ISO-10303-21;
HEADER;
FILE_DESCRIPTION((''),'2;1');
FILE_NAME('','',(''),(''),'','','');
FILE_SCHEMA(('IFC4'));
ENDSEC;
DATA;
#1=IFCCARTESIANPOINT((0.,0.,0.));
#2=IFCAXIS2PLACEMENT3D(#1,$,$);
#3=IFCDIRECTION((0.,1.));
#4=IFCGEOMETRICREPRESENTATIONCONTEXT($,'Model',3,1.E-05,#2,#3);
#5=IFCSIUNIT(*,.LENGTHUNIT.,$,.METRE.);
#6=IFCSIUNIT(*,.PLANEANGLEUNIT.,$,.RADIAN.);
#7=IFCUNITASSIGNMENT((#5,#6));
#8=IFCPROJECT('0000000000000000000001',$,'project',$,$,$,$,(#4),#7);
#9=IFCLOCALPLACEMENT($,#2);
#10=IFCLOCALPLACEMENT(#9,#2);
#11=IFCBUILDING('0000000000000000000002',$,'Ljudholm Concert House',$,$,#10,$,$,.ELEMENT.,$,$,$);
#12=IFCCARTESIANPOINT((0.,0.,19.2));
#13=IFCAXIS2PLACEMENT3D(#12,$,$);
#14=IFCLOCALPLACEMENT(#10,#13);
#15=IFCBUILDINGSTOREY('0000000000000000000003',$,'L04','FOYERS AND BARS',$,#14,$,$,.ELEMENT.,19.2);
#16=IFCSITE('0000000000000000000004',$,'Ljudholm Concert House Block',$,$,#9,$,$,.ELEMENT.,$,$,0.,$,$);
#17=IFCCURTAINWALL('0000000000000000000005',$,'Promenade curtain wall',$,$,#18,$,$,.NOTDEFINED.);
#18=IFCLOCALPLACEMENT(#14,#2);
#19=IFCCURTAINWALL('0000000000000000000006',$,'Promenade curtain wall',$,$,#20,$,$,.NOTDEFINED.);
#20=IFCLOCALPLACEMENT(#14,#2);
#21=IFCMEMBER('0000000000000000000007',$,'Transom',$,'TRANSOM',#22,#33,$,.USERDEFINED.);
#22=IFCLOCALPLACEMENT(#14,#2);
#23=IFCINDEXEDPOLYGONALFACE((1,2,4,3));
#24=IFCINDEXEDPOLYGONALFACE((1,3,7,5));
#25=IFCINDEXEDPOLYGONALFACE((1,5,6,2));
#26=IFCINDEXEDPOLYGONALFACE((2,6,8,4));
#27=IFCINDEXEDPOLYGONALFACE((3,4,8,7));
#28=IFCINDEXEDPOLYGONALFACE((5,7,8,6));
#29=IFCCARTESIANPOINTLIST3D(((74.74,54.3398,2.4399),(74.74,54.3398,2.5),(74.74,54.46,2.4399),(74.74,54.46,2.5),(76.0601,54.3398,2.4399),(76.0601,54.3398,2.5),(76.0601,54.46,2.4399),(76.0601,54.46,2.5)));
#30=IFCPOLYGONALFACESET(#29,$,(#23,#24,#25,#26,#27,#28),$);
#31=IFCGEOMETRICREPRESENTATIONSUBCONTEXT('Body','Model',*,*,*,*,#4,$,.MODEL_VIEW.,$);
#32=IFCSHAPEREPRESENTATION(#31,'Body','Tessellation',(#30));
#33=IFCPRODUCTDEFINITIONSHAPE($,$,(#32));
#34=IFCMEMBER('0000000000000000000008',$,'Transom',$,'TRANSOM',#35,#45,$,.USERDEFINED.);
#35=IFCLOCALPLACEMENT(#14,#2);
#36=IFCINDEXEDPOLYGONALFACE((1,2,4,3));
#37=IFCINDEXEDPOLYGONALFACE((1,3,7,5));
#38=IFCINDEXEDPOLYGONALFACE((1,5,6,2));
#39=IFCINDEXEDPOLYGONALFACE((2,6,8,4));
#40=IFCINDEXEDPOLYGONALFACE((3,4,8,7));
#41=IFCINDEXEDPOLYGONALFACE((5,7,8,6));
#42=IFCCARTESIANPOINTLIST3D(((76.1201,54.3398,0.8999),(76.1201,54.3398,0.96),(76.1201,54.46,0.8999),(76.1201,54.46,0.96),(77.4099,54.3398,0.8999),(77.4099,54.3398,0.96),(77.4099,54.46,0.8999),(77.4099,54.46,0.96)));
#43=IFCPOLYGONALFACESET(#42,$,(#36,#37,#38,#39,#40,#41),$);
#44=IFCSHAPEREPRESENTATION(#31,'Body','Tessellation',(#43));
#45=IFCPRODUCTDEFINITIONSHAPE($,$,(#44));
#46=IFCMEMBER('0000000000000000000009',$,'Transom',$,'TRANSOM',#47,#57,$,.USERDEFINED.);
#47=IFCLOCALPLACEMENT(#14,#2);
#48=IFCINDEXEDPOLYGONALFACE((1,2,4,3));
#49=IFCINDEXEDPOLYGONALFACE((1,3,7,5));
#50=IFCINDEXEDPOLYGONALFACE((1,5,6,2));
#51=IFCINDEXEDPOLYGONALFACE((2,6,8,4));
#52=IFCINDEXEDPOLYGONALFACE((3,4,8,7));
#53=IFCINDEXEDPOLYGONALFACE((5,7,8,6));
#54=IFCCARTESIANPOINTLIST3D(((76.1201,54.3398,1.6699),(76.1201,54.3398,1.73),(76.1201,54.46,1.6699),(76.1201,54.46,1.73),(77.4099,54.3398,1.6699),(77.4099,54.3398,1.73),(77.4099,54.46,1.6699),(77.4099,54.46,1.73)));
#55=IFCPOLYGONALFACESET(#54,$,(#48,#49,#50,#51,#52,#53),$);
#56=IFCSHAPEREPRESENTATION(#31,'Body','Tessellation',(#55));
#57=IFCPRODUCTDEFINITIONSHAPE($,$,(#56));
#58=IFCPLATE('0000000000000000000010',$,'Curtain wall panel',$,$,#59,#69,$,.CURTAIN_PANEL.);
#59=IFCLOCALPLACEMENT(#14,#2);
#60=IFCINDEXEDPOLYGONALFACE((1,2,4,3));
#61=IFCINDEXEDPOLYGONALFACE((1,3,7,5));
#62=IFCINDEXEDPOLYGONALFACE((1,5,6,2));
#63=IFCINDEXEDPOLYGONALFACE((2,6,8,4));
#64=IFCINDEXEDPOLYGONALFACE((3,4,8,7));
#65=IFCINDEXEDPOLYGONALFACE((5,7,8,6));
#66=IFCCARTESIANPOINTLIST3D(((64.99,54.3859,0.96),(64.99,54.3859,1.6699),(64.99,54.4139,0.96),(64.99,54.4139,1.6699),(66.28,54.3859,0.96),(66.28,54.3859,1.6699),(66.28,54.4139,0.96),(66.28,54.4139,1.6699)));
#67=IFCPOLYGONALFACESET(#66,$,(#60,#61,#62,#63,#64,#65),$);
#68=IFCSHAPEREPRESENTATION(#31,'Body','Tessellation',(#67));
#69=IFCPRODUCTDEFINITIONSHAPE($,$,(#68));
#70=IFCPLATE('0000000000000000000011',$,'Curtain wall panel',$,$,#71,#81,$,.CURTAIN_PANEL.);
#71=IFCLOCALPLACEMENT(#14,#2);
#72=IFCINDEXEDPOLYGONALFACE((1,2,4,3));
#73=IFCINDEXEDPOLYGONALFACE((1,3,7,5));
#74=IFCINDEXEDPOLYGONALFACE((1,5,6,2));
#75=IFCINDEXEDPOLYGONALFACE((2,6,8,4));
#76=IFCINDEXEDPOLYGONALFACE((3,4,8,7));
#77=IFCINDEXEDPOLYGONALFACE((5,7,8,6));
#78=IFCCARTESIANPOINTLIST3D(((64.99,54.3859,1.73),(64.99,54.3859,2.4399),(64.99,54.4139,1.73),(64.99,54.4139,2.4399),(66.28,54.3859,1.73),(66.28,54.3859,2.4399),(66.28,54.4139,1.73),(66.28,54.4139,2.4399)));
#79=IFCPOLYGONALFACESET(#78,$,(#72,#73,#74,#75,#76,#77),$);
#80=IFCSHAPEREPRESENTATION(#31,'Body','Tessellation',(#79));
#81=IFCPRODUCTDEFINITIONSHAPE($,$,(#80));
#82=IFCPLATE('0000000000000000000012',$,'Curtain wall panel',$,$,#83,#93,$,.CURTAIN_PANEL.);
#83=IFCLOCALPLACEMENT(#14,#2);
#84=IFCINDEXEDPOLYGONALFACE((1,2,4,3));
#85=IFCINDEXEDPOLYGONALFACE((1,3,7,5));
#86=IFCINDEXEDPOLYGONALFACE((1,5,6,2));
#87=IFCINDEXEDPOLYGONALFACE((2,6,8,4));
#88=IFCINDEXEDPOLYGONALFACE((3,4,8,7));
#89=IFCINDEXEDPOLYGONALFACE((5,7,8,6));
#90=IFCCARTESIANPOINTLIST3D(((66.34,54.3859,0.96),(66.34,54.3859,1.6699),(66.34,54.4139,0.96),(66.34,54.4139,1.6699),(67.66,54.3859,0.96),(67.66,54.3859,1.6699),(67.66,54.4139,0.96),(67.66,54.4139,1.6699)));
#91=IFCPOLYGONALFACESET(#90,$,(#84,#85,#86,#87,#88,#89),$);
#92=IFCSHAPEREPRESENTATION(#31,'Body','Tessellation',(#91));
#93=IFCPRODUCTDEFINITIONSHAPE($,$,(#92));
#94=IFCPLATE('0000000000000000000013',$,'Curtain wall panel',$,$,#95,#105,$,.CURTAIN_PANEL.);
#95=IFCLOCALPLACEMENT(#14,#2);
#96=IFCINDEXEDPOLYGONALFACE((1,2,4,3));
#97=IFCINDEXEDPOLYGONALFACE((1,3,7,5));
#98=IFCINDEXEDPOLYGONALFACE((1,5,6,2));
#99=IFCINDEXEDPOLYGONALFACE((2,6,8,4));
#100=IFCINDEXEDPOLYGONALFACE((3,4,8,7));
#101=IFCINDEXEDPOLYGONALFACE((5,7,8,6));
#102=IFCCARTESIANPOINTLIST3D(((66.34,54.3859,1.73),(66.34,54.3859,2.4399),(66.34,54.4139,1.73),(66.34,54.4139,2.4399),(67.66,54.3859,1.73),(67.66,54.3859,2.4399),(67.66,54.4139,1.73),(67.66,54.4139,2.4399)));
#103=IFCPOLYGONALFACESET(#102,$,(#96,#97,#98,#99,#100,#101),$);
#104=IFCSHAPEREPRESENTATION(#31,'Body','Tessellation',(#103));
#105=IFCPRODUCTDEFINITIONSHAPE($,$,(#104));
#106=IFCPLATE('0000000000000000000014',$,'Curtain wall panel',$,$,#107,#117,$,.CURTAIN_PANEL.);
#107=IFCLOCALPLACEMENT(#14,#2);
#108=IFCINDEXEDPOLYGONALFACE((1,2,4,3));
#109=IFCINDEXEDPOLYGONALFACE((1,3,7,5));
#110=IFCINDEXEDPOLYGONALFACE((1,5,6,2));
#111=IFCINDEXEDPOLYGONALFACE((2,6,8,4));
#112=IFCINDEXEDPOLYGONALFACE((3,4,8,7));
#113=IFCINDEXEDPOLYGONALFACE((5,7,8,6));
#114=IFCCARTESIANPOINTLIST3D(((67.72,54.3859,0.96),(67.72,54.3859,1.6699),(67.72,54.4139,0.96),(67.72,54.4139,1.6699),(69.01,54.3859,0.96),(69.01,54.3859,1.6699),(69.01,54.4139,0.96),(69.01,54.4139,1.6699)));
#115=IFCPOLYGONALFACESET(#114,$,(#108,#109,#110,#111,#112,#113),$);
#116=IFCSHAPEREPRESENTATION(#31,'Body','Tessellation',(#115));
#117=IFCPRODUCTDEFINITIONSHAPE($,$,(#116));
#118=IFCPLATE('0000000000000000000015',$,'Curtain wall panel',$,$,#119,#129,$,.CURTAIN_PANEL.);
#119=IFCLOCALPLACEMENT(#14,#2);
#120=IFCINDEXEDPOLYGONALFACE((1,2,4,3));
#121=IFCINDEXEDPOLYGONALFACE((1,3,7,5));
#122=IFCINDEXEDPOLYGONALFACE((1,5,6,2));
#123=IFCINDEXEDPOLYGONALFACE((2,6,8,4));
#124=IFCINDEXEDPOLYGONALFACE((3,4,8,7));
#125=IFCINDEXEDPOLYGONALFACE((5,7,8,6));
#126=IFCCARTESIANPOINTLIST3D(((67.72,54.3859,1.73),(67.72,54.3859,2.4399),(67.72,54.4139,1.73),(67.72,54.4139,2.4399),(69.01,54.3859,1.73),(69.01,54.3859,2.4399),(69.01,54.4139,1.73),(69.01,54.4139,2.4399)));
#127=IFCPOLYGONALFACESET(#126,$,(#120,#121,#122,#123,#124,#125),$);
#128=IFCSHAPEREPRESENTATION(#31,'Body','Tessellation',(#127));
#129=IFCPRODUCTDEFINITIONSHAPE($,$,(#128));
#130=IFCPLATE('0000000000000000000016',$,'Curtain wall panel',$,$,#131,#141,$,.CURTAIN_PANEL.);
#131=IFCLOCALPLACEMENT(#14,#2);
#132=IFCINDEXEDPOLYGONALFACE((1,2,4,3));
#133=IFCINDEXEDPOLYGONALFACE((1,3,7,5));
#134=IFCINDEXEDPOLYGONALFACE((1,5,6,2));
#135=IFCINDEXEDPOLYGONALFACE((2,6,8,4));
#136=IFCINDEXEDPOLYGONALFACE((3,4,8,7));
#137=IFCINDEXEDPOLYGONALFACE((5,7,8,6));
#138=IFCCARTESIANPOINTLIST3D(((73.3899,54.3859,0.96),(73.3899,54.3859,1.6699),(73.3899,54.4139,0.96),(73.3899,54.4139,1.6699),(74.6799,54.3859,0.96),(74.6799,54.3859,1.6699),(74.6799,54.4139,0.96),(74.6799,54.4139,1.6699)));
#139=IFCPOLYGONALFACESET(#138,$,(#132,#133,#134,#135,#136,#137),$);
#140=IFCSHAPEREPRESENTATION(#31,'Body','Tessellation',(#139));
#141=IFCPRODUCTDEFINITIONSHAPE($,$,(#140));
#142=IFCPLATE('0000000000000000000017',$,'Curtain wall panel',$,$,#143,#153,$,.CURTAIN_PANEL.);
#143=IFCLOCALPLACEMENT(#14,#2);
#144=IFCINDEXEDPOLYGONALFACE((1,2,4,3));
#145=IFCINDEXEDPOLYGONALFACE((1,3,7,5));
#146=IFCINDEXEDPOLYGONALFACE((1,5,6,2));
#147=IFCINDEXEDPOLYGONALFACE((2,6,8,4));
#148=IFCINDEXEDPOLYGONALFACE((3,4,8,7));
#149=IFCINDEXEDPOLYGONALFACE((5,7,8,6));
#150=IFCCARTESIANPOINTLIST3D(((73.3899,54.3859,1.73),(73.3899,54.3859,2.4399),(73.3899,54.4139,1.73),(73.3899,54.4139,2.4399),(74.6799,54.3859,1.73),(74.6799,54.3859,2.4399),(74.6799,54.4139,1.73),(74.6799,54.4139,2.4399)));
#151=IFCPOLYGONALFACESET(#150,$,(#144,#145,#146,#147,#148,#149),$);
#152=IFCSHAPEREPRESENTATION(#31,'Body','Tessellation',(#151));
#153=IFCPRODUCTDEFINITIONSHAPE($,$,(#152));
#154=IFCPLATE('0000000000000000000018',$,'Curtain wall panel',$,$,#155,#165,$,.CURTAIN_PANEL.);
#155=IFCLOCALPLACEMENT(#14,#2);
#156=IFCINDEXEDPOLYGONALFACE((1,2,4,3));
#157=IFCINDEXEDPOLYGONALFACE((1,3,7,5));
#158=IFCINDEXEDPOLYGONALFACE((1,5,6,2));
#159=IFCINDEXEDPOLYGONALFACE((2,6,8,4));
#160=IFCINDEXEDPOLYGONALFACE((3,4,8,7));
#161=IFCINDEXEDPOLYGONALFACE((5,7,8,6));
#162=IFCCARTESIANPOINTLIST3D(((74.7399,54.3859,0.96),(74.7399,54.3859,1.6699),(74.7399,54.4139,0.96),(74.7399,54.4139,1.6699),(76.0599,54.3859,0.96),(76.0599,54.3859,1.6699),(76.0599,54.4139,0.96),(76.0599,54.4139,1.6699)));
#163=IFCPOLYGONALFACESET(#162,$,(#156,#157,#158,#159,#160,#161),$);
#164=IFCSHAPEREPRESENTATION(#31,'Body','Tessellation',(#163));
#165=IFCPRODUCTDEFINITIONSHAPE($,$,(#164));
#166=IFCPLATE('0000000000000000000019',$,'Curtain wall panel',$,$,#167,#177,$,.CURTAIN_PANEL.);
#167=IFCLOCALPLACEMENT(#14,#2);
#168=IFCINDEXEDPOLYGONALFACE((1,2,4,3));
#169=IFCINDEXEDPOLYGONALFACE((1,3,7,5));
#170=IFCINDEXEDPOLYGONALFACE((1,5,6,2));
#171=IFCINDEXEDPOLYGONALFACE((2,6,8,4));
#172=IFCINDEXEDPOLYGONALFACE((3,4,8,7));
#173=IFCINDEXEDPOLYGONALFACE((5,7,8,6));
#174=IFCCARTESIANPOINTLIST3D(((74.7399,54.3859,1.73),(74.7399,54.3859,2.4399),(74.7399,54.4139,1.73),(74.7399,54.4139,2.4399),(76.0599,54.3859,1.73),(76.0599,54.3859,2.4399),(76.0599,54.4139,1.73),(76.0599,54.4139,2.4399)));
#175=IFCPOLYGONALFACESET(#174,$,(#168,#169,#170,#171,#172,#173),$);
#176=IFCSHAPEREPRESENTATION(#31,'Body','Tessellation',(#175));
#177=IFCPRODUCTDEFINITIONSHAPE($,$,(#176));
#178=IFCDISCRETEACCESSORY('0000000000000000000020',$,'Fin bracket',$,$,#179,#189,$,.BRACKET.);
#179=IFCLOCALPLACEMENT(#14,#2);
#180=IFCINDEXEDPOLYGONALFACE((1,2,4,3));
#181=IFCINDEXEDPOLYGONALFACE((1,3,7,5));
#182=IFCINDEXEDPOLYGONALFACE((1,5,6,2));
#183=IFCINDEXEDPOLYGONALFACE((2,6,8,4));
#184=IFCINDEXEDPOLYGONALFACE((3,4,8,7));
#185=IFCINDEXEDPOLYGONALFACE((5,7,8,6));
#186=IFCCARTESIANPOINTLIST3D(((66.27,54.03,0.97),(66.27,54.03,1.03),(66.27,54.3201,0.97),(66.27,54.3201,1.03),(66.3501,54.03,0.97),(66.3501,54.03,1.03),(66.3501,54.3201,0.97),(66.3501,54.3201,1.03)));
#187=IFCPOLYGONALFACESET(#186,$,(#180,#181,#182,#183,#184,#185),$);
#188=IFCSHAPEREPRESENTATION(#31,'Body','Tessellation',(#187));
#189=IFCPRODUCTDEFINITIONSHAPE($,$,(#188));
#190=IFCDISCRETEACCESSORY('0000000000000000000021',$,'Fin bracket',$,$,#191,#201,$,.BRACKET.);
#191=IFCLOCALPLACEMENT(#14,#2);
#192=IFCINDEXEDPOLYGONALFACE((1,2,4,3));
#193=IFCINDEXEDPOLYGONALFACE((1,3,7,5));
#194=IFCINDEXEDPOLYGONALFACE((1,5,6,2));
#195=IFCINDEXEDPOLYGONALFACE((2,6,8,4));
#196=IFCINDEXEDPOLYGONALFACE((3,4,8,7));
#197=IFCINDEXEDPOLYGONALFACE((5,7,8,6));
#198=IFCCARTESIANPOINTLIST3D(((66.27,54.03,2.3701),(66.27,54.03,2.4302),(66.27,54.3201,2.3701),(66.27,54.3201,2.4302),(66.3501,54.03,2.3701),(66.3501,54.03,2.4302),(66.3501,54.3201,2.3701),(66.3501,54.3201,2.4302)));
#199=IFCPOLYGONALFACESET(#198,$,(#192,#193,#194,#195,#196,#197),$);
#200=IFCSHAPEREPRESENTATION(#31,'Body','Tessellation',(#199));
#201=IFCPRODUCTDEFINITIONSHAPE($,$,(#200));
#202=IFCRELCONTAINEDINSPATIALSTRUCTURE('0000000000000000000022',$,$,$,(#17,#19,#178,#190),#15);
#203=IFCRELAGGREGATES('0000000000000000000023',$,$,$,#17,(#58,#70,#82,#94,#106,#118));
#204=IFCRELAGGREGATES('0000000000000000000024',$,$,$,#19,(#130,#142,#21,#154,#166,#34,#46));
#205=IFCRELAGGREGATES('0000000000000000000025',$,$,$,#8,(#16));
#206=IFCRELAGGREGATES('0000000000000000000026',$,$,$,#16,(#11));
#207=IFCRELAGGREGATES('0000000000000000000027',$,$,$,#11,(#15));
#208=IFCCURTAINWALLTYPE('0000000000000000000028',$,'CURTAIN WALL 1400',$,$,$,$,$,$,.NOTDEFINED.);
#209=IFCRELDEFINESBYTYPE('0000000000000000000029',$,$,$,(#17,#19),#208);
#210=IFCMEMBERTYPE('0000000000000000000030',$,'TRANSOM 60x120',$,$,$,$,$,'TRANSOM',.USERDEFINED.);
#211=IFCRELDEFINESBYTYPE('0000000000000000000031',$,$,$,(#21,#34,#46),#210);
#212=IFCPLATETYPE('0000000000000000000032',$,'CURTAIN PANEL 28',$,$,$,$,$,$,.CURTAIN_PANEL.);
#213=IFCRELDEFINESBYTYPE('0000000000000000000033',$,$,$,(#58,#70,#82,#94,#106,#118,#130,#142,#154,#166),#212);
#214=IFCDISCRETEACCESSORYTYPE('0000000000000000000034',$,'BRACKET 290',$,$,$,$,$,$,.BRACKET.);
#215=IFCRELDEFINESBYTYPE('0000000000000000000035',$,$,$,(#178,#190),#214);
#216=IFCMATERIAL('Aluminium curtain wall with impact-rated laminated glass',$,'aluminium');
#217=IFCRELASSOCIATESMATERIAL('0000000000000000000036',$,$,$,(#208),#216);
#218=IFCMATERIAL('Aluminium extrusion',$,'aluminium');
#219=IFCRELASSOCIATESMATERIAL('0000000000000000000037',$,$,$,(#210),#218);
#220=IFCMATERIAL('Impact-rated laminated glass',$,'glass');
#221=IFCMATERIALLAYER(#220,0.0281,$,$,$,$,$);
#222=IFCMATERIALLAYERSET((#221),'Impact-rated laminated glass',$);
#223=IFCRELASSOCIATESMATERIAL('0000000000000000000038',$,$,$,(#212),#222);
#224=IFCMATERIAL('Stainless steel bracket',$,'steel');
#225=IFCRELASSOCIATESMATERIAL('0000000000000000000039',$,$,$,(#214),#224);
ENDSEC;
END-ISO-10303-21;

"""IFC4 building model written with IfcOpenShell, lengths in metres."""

from ifc_helpers import new_model, si_unit, direction, frame, origin, origin_2d, place, context, subcontext, project, spatial, rectangle, extrude, material, layer, layer_set, material_profile, profile_set, type_object, element, aggregate, save


model = new_model("IFC4")

# Units and contexts
model_context = context("Model", 3, precision=1e-05, world=origin(), true_north=direction((0.0, 1.0)))
body_context = subcontext(model_context, "Body", "Model", "MODEL_VIEW")
ifc_project = project(units=[si_unit("LENGTHUNIT", "METRE"), si_unit("PLANEANGLEUNIT", "RADIAN")], contexts=[model_context])

# Site, building, storey
site_placement = place(None, origin())
site = spatial("IfcSite", under=ifc_project, at=site_placement, Name="Ljudholm Concert House Block", CompositionType="ELEMENT", RefElevation=0.0)
building_placement = place(site_placement, origin())
building = spatial("IfcBuilding", under=site, at=building_placement, Name="Ljudholm Concert House", CompositionType="ELEMENT")
storey_placement = place(building_placement, frame((0.0, 0.0, 19.2)))
storey = spatial("IfcBuildingStorey", under=building, at=storey_placement, Name="L04", Description="FOYERS AND BARS", CompositionType="ELEMENT", Elevation=19.2)

# Curtain walls, members
ifc_material_1 = material(Name="Aluminium curtain wall with impact-rated laminated glass", Category="aluminium")
curtain_wall_type = type_object("IfcCurtainWallType", Name="CURTAIN WALL 1400", PredefinedType="NOTDEFINED", material=ifc_material_1)
curtain_wall_1_placement = place(storey_placement, origin())
curtain_wall_1 = element("IfcCurtainWall", 1, at=curtain_wall_1_placement, inside=storey, type_object=curtain_wall_type, Name="Promenade curtain wall", PredefinedType="NOTDEFINED")
ifc_material_2 = material(Name="Aluminium extrusion", Category="aluminium")
ifc_material_profile_1 = material_profile(ifc_material_2, rectangle(XDim=0.1201, YDim=0.0601, at=origin_2d()), Name="TRANSOM 60x120")
ifc_profile_set_1 = profile_set([ifc_material_profile_1], Name="Aluminium extrusion")
member_type = type_object("IfcMemberType", Name="TRANSOM 60x120", ElementType="TRANSOM", PredefinedType="USERDEFINED", material=ifc_profile_set_1)
curtain_wall_2_placement = place(storey_placement, origin())
curtain_wall_2 = element("IfcCurtainWall", 2, at=curtain_wall_2_placement, inside=storey, type_object=curtain_wall_type, Name="Promenade curtain wall", PredefinedType="NOTDEFINED")
member_1_placement = place(storey_placement, frame((74.74, 54.3999, 2.47), z_axis=(1.0, 0.0, 0.0), x_axis=(0.0, 1.0, 0.0)))
member_1 = element("IfcMember", 3, at=member_1_placement, type_object=member_type, Name="Transom", ObjectType="TRANSOM", PredefinedType="USERDEFINED", context=body_context, shape_type="SweptSolid", body=[
    extrude(rectangle(XDim=0.1201, YDim=0.0601, at=origin_2d()), origin(), (0.0, 0.0, 1.0), 1.3201),
])
member_2_placement = place(storey_placement, frame((76.1201, 54.3999, 0.9299), z_axis=(1.0, 0.0, 0.0), x_axis=(0.0, 1.0, 0.0)))
member_2 = element("IfcMember", 4, at=member_2_placement, type_object=member_type, Name="Transom", ObjectType="TRANSOM", PredefinedType="USERDEFINED", context=body_context, shape_type="SweptSolid", body=[
    extrude(rectangle(XDim=0.1201, YDim=0.0601, at=origin_2d()), origin(), (0.0, 0.0, 1.0), 1.2898),
])
member_3_placement = place(storey_placement, frame((76.1201, 54.3999, 1.7), z_axis=(1.0, 0.0, 0.0), x_axis=(0.0, 1.0, 0.0)))
member_3 = element("IfcMember", 5, at=member_3_placement, type_object=member_type, Name="Transom", ObjectType="TRANSOM", PredefinedType="USERDEFINED", context=body_context, shape_type="SweptSolid", body=[
    extrude(rectangle(XDim=0.1201, YDim=0.0601, at=origin_2d()), origin(), (0.0, 0.0, 1.0), 1.2898),
])

# Plates
ifc_material_3 = material(Name="Impact-rated laminated glass", Category="glass")
ifc_layer_1 = layer(ifc_material_3, 0.0281)
ifc_layer_set_1 = layer_set([ifc_layer_1], Name="Impact-rated laminated glass")
plate_type = type_object("IfcPlateType", Name="CURTAIN PANEL 28", PredefinedType="CURTAIN_PANEL", material=ifc_layer_set_1)
plate_1_placement = place(storey_placement, frame((65.635, 54.3999, 0.96), z_axis=(0.0, 0.0, 1.0), x_axis=(1.0, 0.0, 0.0)))
plate_1 = element("IfcPlate", 6, at=plate_1_placement, type_object=plate_type, Name="Curtain wall panel", PredefinedType="CURTAIN_PANEL", context=body_context, shape_type="SweptSolid", body=[
    extrude(rectangle(XDim=1.29, YDim=0.0281, at=origin_2d()), origin(), (0.0, 0.0, 1.0), 0.71),
])
plate_2_placement = place(storey_placement, frame((65.635, 54.3999, 1.73), z_axis=(0.0, 0.0, 1.0), x_axis=(1.0, 0.0, 0.0)))
plate_2 = element("IfcPlate", 7, at=plate_2_placement, type_object=plate_type, Name="Curtain wall panel", PredefinedType="CURTAIN_PANEL", context=body_context, shape_type="SweptSolid", body=[
    extrude(rectangle(XDim=1.29, YDim=0.0281, at=origin_2d()), origin(), (0.0, 0.0, 1.0), 0.71),
])
plate_3_placement = place(storey_placement, frame((67.0, 54.3999, 0.96), z_axis=(0.0, 0.0, 1.0), x_axis=(1.0, 0.0, 0.0)))
plate_3 = element("IfcPlate", 8, at=plate_3_placement, type_object=plate_type, Name="Curtain wall panel", PredefinedType="CURTAIN_PANEL", context=body_context, shape_type="SweptSolid", body=[
    extrude(rectangle(XDim=1.3201, YDim=0.0281, at=origin_2d()), origin(), (0.0, 0.0, 1.0), 0.71),
])
plate_4_placement = place(storey_placement, frame((67.0, 54.3999, 1.73), z_axis=(0.0, 0.0, 1.0), x_axis=(1.0, 0.0, 0.0)))
plate_4 = element("IfcPlate", 9, at=plate_4_placement, type_object=plate_type, Name="Curtain wall panel", PredefinedType="CURTAIN_PANEL", context=body_context, shape_type="SweptSolid", body=[
    extrude(rectangle(XDim=1.3201, YDim=0.0281, at=origin_2d()), origin(), (0.0, 0.0, 1.0), 0.71),
])
plate_5_placement = place(storey_placement, frame((68.365, 54.3999, 0.96), z_axis=(0.0, 0.0, 1.0), x_axis=(1.0, 0.0, 0.0)))
plate_5 = element("IfcPlate", 10, at=plate_5_placement, type_object=plate_type, Name="Curtain wall panel", PredefinedType="CURTAIN_PANEL", context=body_context, shape_type="SweptSolid", body=[
    extrude(rectangle(XDim=1.29, YDim=0.0281, at=origin_2d()), origin(), (0.0, 0.0, 1.0), 0.71),
])
plate_6_placement = place(storey_placement, frame((68.365, 54.3999, 1.73), z_axis=(0.0, 0.0, 1.0), x_axis=(1.0, 0.0, 0.0)))
plate_6 = element("IfcPlate", 11, at=plate_6_placement, type_object=plate_type, Name="Curtain wall panel", PredefinedType="CURTAIN_PANEL", context=body_context, shape_type="SweptSolid", body=[
    extrude(rectangle(XDim=1.29, YDim=0.0281, at=origin_2d()), origin(), (0.0, 0.0, 1.0), 0.71),
])
aggregate(curtain_wall_1, [plate_1, plate_2, plate_3, plate_4, plate_5, plate_6])
plate_7_placement = place(storey_placement, frame((74.0349, 54.3999, 0.96), z_axis=(0.0, 0.0, 1.0), x_axis=(1.0, 0.0, 0.0)))
plate_7 = element("IfcPlate", 12, at=plate_7_placement, type_object=plate_type, Name="Curtain wall panel", PredefinedType="CURTAIN_PANEL", context=body_context, shape_type="SweptSolid", body=[
    extrude(rectangle(XDim=1.29, YDim=0.0281, at=origin_2d()), origin(), (0.0, 0.0, 1.0), 0.71),
])
plate_8_placement = place(storey_placement, frame((74.0349, 54.3999, 1.73), z_axis=(0.0, 0.0, 1.0), x_axis=(1.0, 0.0, 0.0)))
plate_8 = element("IfcPlate", 13, at=plate_8_placement, type_object=plate_type, Name="Curtain wall panel", PredefinedType="CURTAIN_PANEL", context=body_context, shape_type="SweptSolid", body=[
    extrude(rectangle(XDim=1.29, YDim=0.0281, at=origin_2d()), origin(), (0.0, 0.0, 1.0), 0.71),
])
plate_9_placement = place(storey_placement, frame((75.3999, 54.3999, 0.96), z_axis=(0.0, 0.0, 1.0), x_axis=(1.0, 0.0, 0.0)))
plate_9 = element("IfcPlate", 14, at=plate_9_placement, type_object=plate_type, Name="Curtain wall panel", PredefinedType="CURTAIN_PANEL", context=body_context, shape_type="SweptSolid", body=[
    extrude(rectangle(XDim=1.3201, YDim=0.0281, at=origin_2d()), origin(), (0.0, 0.0, 1.0), 0.71),
])
plate_10_placement = place(storey_placement, frame((75.3999, 54.3999, 1.73), z_axis=(0.0, 0.0, 1.0), x_axis=(1.0, 0.0, 0.0)))
plate_10 = element("IfcPlate", 15, at=plate_10_placement, type_object=plate_type, Name="Curtain wall panel", PredefinedType="CURTAIN_PANEL", context=body_context, shape_type="SweptSolid", body=[
    extrude(rectangle(XDim=1.3201, YDim=0.0281, at=origin_2d()), origin(), (0.0, 0.0, 1.0), 0.71),
])
aggregate(curtain_wall_2, [plate_7, plate_8, member_1, plate_9, plate_10, member_2, member_3])

# Discrete accessories
ifc_material_4 = material(Name="Stainless steel bracket", Category="steel")
discrete_accessory_type_1 = type_object("IfcDiscreteAccessoryType", Name="BRACKET 290", PredefinedType="BRACKET", material=ifc_material_4)
for number, where, z_axis, x_axis, name in (
    (16, (66.3101, 54.175, 0.97), (0.0, 0.0, 1.0), (0.0, -1.0, 0.0), "Fin bracket"),
    (17, (66.3101, 54.175, 2.3701), (0.0, 0.0, 1.0), (0.0, -1.0, 0.0), "Fin bracket"),
):
    element("IfcDiscreteAccessory", number, at=place(storey_placement, frame(where, z_axis=z_axis, x_axis=x_axis)), inside=storey, type_object=discrete_accessory_type_1, Name=name, PredefinedType="BRACKET", context=body_context, shape_type="SweptSolid", body=[
        extrude(rectangle(XDim=0.29, YDim=0.0801, at=origin_2d()), origin(), (0.0, 0.0, 1.0), 0.0601),
    ])

save(model, "model.ifc")
